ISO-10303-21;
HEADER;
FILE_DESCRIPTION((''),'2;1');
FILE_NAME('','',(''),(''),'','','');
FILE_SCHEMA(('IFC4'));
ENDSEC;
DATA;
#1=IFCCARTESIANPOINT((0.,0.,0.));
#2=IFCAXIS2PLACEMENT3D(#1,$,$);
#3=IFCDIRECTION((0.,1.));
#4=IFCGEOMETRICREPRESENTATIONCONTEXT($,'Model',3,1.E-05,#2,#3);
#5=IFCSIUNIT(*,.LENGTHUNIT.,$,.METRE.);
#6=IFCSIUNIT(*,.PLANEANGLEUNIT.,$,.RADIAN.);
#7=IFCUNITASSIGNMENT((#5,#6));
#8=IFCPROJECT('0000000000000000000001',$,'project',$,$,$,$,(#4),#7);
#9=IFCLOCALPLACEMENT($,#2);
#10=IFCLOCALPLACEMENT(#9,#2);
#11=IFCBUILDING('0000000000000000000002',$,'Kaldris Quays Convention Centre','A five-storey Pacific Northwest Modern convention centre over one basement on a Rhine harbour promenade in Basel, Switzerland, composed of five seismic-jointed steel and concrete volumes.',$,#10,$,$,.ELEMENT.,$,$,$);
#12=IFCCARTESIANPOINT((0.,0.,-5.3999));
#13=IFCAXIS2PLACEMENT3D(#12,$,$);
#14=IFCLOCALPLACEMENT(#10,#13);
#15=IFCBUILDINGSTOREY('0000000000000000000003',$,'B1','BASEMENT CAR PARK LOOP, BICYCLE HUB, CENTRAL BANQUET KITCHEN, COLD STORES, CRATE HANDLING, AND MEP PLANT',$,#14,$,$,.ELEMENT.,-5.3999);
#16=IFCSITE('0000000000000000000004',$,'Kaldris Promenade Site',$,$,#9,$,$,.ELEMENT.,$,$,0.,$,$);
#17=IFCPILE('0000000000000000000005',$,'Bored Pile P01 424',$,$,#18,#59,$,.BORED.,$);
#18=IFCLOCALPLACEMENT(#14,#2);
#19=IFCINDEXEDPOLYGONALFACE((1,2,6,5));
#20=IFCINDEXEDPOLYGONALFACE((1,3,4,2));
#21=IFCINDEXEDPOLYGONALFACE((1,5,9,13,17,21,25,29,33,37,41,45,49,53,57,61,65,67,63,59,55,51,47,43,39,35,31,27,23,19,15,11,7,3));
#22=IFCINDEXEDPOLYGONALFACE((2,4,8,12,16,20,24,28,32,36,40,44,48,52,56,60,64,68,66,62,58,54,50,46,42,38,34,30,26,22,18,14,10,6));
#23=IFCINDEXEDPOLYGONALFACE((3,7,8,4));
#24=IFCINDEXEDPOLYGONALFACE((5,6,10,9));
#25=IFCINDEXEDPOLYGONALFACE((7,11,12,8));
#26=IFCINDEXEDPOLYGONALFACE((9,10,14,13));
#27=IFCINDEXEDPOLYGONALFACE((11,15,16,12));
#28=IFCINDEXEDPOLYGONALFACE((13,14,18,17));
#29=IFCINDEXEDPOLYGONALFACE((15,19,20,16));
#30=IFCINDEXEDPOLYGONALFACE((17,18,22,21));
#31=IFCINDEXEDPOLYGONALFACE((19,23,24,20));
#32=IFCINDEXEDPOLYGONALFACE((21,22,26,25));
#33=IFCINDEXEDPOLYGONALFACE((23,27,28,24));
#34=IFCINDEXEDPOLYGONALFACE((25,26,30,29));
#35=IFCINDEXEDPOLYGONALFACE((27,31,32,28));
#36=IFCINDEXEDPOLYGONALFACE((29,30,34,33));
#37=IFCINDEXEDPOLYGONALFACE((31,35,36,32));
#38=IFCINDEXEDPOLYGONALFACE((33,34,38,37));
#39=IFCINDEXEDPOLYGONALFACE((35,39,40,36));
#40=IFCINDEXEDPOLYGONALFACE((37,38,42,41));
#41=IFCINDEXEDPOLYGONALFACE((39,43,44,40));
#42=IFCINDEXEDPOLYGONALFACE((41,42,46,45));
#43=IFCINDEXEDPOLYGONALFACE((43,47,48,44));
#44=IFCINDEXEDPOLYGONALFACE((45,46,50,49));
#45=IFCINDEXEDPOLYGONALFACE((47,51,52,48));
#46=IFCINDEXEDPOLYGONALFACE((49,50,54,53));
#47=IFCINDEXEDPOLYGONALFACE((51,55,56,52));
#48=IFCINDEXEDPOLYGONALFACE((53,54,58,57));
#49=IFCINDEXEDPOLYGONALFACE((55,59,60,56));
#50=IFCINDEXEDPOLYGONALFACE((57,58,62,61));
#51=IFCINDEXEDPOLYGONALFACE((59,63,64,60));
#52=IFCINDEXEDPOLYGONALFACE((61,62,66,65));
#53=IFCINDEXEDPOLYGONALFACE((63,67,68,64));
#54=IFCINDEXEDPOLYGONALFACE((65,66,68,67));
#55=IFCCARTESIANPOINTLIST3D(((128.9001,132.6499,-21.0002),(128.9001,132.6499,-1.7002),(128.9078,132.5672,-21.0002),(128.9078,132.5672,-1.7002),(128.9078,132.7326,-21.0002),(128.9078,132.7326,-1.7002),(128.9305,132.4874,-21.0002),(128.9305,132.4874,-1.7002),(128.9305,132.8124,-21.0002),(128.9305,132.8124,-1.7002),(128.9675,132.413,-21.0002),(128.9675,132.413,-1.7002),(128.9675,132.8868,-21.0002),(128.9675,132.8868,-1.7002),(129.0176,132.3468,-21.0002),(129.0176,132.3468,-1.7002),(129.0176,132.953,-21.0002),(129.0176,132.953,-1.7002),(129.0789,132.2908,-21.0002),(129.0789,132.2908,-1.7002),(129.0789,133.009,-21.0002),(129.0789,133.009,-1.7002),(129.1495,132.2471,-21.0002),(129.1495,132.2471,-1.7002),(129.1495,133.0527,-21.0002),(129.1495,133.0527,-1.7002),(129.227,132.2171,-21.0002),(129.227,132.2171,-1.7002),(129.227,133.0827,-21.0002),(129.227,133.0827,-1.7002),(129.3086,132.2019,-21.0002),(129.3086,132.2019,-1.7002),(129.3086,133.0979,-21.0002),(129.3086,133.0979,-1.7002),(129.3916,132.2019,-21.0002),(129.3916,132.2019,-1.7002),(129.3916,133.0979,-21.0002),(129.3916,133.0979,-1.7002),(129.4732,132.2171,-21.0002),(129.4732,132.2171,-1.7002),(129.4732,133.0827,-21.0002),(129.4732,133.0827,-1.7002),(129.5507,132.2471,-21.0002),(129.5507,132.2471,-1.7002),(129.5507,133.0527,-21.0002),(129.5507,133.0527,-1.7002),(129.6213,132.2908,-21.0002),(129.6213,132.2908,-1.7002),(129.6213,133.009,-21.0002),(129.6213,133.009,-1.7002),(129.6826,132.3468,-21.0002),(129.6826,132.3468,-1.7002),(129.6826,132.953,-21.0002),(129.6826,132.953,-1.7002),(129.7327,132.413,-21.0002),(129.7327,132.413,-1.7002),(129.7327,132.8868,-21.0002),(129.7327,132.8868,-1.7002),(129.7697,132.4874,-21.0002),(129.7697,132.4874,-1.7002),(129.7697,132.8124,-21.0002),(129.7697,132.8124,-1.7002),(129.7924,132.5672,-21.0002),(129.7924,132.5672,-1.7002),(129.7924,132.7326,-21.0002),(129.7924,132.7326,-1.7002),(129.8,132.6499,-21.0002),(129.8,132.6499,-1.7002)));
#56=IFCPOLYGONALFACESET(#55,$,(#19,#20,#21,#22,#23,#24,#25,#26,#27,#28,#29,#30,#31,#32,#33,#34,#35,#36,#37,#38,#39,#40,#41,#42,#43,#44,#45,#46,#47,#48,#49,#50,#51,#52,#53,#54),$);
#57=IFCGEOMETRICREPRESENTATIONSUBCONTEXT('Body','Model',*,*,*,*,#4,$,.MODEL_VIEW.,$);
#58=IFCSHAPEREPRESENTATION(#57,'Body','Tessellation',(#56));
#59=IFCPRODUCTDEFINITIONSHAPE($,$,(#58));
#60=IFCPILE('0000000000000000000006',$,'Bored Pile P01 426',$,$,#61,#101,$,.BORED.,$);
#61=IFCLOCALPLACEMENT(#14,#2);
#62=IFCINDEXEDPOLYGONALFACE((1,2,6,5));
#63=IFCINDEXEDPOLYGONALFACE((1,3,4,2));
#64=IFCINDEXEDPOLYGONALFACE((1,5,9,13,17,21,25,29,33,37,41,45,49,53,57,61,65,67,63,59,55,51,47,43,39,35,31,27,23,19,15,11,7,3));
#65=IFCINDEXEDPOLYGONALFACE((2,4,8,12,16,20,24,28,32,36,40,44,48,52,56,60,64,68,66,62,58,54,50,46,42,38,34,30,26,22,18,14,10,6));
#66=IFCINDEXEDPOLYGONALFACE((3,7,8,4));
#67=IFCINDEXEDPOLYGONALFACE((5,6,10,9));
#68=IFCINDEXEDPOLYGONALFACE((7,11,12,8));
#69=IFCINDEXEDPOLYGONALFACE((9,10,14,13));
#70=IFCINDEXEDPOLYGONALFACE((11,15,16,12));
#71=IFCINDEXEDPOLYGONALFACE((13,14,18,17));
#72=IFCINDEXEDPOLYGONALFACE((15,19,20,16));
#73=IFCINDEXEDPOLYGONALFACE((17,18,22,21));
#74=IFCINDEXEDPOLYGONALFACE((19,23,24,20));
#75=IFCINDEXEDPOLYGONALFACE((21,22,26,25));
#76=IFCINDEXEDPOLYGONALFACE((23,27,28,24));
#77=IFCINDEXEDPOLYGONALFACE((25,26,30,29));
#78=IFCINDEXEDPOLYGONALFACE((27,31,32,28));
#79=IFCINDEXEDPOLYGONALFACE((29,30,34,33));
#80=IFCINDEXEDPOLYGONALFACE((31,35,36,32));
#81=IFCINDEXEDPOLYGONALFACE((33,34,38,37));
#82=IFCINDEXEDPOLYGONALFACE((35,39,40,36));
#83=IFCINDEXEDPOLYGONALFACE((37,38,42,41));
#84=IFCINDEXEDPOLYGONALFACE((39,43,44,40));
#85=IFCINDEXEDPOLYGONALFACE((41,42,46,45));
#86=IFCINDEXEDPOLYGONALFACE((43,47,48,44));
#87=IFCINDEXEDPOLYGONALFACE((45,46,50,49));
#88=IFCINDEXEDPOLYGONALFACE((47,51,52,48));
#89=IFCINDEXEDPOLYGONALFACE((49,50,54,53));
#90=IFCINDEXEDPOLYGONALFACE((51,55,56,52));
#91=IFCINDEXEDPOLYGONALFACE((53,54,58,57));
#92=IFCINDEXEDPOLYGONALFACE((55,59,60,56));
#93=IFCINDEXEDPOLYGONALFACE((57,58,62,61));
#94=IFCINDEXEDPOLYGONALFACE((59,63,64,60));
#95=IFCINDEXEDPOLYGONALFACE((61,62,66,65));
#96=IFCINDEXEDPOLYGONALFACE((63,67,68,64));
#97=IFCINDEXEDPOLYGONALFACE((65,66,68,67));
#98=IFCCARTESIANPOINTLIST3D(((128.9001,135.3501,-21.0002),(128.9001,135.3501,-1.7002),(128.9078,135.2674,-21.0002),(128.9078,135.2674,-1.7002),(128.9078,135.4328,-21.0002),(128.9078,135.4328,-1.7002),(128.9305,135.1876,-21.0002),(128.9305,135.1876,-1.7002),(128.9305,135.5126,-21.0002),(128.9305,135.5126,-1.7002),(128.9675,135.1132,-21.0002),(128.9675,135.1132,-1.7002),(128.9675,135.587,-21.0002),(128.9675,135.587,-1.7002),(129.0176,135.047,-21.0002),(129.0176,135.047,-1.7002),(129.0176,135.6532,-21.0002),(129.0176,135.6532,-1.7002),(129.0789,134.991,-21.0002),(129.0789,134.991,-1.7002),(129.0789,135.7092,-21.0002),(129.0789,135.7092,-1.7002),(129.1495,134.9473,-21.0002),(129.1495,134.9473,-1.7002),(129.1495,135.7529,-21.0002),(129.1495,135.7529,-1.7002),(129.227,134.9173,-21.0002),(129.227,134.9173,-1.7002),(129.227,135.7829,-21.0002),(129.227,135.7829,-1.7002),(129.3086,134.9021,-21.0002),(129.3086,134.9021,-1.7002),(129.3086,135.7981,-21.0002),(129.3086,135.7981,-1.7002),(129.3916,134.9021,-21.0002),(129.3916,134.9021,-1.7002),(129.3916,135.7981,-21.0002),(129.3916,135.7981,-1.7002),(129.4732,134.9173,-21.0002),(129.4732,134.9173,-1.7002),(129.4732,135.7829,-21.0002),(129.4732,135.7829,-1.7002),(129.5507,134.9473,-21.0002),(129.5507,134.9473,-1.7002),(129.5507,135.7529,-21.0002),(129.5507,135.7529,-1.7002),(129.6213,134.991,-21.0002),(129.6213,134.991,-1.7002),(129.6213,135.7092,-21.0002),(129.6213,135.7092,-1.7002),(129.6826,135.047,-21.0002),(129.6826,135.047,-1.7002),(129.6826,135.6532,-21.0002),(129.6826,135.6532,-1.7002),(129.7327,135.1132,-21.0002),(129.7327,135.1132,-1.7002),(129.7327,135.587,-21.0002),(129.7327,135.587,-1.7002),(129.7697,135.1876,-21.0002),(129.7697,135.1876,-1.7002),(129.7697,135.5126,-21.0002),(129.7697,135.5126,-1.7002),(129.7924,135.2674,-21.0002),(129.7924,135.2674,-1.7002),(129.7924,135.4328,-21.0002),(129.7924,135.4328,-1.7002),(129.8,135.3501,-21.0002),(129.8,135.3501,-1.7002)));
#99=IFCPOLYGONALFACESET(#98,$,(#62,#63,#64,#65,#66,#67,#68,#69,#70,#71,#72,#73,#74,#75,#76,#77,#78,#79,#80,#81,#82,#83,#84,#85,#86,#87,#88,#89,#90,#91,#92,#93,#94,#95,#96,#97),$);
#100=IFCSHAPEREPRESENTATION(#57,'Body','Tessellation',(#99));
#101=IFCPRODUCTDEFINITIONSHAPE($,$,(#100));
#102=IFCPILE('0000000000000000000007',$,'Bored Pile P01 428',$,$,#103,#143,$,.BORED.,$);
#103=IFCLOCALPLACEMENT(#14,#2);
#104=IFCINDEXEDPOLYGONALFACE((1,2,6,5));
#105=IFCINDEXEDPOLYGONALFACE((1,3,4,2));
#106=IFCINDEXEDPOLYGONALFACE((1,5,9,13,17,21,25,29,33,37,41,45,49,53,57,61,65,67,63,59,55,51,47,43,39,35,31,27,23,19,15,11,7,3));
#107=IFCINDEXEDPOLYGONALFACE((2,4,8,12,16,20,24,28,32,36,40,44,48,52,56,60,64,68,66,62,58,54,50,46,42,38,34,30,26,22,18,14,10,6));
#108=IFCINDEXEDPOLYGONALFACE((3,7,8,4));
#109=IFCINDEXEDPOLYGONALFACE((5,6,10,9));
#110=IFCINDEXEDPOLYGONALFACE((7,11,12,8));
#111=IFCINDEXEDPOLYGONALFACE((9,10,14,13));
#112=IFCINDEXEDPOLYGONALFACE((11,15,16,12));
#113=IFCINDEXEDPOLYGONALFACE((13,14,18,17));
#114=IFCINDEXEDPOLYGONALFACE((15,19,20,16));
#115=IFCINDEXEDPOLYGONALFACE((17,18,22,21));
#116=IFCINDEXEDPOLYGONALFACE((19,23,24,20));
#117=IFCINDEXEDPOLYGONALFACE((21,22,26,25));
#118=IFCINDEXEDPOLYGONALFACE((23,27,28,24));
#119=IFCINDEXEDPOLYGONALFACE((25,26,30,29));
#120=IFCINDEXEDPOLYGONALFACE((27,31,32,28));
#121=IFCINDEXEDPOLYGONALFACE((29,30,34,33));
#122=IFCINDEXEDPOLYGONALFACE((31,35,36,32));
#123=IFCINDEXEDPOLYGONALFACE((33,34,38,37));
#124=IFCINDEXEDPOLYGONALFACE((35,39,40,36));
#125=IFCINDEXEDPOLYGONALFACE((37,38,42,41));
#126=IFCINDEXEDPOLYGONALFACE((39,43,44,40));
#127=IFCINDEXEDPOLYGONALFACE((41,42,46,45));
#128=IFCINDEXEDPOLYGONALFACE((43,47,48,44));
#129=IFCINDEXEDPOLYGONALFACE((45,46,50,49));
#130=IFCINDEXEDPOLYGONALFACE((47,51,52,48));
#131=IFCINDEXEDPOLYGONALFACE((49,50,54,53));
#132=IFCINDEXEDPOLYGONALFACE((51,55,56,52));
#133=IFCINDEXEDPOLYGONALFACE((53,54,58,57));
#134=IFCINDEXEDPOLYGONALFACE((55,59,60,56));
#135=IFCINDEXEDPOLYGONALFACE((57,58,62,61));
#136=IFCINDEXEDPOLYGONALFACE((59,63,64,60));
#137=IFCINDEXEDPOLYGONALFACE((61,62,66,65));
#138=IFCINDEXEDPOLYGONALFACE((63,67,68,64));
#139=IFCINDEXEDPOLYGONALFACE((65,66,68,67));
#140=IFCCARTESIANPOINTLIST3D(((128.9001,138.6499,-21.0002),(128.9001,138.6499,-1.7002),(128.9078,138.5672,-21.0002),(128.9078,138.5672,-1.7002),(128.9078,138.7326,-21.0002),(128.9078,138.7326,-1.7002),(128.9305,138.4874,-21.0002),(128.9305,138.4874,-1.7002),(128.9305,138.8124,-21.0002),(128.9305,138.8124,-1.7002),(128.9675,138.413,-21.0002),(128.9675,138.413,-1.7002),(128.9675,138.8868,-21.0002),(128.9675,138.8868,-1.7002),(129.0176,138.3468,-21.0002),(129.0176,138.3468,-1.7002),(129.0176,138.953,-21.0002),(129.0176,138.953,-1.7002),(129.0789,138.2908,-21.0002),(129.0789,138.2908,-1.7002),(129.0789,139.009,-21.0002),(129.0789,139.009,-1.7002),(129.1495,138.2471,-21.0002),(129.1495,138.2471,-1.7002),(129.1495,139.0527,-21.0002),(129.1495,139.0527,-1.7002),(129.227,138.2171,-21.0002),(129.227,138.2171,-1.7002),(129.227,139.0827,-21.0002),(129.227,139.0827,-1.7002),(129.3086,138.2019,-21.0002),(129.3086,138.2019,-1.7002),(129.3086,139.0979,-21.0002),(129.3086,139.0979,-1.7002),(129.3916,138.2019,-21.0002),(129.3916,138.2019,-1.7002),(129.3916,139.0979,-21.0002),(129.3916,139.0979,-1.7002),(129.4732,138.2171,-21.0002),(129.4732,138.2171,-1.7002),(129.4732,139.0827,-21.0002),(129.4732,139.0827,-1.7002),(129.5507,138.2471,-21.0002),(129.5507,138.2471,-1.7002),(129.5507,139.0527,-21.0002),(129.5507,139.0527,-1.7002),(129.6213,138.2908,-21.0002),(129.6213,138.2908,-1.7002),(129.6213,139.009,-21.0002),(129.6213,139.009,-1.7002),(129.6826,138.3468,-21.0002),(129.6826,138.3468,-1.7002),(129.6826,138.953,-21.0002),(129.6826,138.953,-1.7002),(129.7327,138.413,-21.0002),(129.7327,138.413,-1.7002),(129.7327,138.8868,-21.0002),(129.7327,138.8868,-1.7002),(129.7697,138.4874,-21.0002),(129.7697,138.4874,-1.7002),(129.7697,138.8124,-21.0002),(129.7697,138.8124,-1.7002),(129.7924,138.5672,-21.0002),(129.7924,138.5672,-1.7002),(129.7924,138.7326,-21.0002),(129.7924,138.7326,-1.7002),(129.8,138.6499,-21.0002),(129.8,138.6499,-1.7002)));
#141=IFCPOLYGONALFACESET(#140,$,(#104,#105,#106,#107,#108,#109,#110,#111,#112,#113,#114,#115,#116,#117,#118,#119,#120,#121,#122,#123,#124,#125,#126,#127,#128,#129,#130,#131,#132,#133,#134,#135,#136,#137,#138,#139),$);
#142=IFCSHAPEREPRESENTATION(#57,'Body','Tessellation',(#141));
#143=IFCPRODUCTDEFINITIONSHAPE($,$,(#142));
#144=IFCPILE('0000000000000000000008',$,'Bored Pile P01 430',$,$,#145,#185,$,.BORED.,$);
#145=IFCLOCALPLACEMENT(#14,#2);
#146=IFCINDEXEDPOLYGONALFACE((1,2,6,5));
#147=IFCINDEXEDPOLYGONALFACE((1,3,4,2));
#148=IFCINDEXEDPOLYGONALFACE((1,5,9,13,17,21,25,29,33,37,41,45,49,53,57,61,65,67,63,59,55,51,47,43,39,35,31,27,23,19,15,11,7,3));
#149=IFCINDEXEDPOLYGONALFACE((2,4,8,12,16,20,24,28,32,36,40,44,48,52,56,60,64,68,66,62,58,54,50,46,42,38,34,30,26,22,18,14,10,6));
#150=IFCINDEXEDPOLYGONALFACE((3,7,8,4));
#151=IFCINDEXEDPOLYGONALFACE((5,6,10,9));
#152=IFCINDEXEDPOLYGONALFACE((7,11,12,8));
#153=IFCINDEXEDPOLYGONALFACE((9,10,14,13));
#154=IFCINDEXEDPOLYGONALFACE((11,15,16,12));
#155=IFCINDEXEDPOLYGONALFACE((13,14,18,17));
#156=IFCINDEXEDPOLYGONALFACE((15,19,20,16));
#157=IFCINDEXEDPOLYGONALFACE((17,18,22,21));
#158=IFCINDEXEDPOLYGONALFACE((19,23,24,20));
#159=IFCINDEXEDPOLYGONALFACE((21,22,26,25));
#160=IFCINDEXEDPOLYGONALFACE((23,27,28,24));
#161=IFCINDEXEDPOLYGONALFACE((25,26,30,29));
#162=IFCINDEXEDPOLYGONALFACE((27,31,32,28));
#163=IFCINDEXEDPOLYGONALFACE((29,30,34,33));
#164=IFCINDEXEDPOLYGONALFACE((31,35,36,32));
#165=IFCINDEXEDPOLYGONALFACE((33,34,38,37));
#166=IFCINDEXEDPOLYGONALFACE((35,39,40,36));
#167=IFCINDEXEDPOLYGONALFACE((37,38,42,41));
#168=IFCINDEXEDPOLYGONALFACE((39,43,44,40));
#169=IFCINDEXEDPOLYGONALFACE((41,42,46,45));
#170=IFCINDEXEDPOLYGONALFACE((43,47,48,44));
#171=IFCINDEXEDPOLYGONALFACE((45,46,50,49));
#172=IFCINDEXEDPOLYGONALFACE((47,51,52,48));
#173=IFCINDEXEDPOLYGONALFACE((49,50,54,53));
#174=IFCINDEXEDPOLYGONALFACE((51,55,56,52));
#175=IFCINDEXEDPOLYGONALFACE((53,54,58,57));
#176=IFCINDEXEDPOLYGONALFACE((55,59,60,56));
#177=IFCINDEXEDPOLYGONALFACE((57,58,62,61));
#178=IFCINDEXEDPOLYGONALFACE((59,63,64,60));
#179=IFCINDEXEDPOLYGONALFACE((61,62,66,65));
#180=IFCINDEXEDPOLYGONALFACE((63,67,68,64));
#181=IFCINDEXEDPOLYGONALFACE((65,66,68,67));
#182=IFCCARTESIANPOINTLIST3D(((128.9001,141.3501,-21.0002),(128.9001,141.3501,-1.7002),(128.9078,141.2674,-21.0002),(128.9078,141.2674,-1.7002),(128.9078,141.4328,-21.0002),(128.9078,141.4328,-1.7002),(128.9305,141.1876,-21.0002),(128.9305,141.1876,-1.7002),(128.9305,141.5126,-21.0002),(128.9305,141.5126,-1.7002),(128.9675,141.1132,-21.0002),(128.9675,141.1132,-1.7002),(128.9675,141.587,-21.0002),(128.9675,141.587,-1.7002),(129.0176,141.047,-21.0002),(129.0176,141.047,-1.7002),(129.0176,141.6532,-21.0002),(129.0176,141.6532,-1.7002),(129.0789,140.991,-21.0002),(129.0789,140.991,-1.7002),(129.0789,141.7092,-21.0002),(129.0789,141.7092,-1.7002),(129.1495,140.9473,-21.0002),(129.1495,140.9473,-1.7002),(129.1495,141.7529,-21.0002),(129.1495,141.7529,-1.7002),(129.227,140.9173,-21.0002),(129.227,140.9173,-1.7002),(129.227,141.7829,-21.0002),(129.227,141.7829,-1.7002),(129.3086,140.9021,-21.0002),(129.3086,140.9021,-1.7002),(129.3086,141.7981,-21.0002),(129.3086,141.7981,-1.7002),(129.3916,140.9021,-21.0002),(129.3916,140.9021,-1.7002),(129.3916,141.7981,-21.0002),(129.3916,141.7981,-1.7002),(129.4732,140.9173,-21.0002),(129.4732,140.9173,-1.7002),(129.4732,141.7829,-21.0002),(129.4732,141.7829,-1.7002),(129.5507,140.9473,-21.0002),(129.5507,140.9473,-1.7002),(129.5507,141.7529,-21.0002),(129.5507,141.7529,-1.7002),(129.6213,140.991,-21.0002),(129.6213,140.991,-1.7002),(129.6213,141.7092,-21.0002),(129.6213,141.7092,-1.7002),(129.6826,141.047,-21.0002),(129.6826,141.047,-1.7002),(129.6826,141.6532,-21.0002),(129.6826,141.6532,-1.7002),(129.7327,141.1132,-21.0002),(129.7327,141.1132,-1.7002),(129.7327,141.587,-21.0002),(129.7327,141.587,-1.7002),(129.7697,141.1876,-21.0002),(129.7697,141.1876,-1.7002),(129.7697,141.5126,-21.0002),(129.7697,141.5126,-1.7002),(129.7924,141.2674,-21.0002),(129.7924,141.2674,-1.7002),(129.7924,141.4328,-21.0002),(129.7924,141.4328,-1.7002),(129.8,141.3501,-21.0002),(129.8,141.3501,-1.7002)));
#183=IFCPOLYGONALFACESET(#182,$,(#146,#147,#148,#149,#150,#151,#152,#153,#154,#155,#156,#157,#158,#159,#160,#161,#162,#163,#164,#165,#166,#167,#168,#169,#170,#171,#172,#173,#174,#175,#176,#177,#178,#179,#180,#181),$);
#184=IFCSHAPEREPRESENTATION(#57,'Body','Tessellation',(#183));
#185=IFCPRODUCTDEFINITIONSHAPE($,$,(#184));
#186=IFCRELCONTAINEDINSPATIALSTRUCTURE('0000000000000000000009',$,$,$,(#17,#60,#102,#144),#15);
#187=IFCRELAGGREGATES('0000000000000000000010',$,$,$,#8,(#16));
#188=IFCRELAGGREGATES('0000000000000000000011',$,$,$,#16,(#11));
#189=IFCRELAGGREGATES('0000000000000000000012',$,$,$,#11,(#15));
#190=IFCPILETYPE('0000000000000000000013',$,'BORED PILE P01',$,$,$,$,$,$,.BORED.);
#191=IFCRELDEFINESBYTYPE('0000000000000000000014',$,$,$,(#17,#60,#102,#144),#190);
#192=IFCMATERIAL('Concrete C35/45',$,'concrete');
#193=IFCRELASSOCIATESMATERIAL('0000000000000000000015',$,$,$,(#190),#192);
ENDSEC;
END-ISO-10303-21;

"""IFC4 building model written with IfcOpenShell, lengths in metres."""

from ifc_helpers import new_model, si_unit, direction, frame, origin, origin_2d, place, context, subcontext, project, spatial, circle, extrude, material, material_profile, profile_set, type_object, element, save


model = new_model("IFC4")

# Units and contexts
model_context = context("Model", 3, precision=1e-05, world=origin(), true_north=direction((0.0, 1.0)))
body_context = subcontext(model_context, "Body", "Model", "MODEL_VIEW")
ifc_project = project(units=[si_unit("LENGTHUNIT", "METRE"), si_unit("PLANEANGLEUNIT", "RADIAN")], contexts=[model_context])

# Site, building, storey
site_placement = place(None, origin())
site = spatial("IfcSite", under=ifc_project, at=site_placement, Name="Kaldris Promenade Site", CompositionType="ELEMENT", RefElevation=0.0)
building_placement = place(site_placement, origin())
building = spatial("IfcBuilding", under=site, at=building_placement, Name="Kaldris Quays Convention Centre", Description="A five-storey Pacific Northwest Modern convention centre over one basement on a Rhine harbour promenade in Basel, Switzerland, composed of five seismic-jointed steel and concrete volumes.", CompositionType="ELEMENT")
storey_placement = place(building_placement, frame((0.0, 0.0, -5.3999)))
storey = spatial("IfcBuildingStorey", under=building, at=storey_placement, Name="B1", Description="BASEMENT CAR PARK LOOP, BICYCLE HUB, CENTRAL BANQUET KITCHEN, COLD STORES, CRATE HANDLING, AND MEP PLANT", CompositionType="ELEMENT", Elevation=-5.3999)

# Piles
ifc_material_1 = material(Name="Concrete C35/45", Category="concrete")
ifc_material_profile_1 = material_profile(ifc_material_1, circle(Radius=0.45, at=origin_2d()), Name="BORED PILE D900")
ifc_profile_set_1 = profile_set([ifc_material_profile_1], Name="Concrete C35/45")
pile_type_1 = type_object("IfcPileType", Name="BORED PILE P01", PredefinedType="BORED", material=ifc_profile_set_1)
for number, where, z_axis, x_axis, name in (
    (1, (129.3501, 132.6499, -1.7002), (0.0, 0.0, -1.0), (1.0, 0.0, 0.0), "Bored Pile P01 424"),
    (2, (129.3501, 135.3501, -1.7002), (0.0, 0.0, -1.0), (1.0, 0.0, 0.0), "Bored Pile P01 426"),
    (3, (129.3501, 138.6499, -1.7002), (0.0, 0.0, -1.0), (1.0, 0.0, 0.0), "Bored Pile P01 428"),
    (4, (129.3501, 141.3501, -1.7002), (0.0, 0.0, -1.0), (1.0, 0.0, 0.0), "Bored Pile P01 430"),
):
    element("IfcPile", number, at=place(storey_placement, frame(where, z_axis=z_axis, x_axis=x_axis)), inside=storey, type_object=pile_type_1, Name=name, PredefinedType="BORED", context=body_context, shape_type="SweptSolid", body=[
        extrude(circle(Radius=0.45, at=origin_2d()), origin(), (0.0, 0.0, 1.0), 19.3),
    ])

save(model, "model.ifc")
